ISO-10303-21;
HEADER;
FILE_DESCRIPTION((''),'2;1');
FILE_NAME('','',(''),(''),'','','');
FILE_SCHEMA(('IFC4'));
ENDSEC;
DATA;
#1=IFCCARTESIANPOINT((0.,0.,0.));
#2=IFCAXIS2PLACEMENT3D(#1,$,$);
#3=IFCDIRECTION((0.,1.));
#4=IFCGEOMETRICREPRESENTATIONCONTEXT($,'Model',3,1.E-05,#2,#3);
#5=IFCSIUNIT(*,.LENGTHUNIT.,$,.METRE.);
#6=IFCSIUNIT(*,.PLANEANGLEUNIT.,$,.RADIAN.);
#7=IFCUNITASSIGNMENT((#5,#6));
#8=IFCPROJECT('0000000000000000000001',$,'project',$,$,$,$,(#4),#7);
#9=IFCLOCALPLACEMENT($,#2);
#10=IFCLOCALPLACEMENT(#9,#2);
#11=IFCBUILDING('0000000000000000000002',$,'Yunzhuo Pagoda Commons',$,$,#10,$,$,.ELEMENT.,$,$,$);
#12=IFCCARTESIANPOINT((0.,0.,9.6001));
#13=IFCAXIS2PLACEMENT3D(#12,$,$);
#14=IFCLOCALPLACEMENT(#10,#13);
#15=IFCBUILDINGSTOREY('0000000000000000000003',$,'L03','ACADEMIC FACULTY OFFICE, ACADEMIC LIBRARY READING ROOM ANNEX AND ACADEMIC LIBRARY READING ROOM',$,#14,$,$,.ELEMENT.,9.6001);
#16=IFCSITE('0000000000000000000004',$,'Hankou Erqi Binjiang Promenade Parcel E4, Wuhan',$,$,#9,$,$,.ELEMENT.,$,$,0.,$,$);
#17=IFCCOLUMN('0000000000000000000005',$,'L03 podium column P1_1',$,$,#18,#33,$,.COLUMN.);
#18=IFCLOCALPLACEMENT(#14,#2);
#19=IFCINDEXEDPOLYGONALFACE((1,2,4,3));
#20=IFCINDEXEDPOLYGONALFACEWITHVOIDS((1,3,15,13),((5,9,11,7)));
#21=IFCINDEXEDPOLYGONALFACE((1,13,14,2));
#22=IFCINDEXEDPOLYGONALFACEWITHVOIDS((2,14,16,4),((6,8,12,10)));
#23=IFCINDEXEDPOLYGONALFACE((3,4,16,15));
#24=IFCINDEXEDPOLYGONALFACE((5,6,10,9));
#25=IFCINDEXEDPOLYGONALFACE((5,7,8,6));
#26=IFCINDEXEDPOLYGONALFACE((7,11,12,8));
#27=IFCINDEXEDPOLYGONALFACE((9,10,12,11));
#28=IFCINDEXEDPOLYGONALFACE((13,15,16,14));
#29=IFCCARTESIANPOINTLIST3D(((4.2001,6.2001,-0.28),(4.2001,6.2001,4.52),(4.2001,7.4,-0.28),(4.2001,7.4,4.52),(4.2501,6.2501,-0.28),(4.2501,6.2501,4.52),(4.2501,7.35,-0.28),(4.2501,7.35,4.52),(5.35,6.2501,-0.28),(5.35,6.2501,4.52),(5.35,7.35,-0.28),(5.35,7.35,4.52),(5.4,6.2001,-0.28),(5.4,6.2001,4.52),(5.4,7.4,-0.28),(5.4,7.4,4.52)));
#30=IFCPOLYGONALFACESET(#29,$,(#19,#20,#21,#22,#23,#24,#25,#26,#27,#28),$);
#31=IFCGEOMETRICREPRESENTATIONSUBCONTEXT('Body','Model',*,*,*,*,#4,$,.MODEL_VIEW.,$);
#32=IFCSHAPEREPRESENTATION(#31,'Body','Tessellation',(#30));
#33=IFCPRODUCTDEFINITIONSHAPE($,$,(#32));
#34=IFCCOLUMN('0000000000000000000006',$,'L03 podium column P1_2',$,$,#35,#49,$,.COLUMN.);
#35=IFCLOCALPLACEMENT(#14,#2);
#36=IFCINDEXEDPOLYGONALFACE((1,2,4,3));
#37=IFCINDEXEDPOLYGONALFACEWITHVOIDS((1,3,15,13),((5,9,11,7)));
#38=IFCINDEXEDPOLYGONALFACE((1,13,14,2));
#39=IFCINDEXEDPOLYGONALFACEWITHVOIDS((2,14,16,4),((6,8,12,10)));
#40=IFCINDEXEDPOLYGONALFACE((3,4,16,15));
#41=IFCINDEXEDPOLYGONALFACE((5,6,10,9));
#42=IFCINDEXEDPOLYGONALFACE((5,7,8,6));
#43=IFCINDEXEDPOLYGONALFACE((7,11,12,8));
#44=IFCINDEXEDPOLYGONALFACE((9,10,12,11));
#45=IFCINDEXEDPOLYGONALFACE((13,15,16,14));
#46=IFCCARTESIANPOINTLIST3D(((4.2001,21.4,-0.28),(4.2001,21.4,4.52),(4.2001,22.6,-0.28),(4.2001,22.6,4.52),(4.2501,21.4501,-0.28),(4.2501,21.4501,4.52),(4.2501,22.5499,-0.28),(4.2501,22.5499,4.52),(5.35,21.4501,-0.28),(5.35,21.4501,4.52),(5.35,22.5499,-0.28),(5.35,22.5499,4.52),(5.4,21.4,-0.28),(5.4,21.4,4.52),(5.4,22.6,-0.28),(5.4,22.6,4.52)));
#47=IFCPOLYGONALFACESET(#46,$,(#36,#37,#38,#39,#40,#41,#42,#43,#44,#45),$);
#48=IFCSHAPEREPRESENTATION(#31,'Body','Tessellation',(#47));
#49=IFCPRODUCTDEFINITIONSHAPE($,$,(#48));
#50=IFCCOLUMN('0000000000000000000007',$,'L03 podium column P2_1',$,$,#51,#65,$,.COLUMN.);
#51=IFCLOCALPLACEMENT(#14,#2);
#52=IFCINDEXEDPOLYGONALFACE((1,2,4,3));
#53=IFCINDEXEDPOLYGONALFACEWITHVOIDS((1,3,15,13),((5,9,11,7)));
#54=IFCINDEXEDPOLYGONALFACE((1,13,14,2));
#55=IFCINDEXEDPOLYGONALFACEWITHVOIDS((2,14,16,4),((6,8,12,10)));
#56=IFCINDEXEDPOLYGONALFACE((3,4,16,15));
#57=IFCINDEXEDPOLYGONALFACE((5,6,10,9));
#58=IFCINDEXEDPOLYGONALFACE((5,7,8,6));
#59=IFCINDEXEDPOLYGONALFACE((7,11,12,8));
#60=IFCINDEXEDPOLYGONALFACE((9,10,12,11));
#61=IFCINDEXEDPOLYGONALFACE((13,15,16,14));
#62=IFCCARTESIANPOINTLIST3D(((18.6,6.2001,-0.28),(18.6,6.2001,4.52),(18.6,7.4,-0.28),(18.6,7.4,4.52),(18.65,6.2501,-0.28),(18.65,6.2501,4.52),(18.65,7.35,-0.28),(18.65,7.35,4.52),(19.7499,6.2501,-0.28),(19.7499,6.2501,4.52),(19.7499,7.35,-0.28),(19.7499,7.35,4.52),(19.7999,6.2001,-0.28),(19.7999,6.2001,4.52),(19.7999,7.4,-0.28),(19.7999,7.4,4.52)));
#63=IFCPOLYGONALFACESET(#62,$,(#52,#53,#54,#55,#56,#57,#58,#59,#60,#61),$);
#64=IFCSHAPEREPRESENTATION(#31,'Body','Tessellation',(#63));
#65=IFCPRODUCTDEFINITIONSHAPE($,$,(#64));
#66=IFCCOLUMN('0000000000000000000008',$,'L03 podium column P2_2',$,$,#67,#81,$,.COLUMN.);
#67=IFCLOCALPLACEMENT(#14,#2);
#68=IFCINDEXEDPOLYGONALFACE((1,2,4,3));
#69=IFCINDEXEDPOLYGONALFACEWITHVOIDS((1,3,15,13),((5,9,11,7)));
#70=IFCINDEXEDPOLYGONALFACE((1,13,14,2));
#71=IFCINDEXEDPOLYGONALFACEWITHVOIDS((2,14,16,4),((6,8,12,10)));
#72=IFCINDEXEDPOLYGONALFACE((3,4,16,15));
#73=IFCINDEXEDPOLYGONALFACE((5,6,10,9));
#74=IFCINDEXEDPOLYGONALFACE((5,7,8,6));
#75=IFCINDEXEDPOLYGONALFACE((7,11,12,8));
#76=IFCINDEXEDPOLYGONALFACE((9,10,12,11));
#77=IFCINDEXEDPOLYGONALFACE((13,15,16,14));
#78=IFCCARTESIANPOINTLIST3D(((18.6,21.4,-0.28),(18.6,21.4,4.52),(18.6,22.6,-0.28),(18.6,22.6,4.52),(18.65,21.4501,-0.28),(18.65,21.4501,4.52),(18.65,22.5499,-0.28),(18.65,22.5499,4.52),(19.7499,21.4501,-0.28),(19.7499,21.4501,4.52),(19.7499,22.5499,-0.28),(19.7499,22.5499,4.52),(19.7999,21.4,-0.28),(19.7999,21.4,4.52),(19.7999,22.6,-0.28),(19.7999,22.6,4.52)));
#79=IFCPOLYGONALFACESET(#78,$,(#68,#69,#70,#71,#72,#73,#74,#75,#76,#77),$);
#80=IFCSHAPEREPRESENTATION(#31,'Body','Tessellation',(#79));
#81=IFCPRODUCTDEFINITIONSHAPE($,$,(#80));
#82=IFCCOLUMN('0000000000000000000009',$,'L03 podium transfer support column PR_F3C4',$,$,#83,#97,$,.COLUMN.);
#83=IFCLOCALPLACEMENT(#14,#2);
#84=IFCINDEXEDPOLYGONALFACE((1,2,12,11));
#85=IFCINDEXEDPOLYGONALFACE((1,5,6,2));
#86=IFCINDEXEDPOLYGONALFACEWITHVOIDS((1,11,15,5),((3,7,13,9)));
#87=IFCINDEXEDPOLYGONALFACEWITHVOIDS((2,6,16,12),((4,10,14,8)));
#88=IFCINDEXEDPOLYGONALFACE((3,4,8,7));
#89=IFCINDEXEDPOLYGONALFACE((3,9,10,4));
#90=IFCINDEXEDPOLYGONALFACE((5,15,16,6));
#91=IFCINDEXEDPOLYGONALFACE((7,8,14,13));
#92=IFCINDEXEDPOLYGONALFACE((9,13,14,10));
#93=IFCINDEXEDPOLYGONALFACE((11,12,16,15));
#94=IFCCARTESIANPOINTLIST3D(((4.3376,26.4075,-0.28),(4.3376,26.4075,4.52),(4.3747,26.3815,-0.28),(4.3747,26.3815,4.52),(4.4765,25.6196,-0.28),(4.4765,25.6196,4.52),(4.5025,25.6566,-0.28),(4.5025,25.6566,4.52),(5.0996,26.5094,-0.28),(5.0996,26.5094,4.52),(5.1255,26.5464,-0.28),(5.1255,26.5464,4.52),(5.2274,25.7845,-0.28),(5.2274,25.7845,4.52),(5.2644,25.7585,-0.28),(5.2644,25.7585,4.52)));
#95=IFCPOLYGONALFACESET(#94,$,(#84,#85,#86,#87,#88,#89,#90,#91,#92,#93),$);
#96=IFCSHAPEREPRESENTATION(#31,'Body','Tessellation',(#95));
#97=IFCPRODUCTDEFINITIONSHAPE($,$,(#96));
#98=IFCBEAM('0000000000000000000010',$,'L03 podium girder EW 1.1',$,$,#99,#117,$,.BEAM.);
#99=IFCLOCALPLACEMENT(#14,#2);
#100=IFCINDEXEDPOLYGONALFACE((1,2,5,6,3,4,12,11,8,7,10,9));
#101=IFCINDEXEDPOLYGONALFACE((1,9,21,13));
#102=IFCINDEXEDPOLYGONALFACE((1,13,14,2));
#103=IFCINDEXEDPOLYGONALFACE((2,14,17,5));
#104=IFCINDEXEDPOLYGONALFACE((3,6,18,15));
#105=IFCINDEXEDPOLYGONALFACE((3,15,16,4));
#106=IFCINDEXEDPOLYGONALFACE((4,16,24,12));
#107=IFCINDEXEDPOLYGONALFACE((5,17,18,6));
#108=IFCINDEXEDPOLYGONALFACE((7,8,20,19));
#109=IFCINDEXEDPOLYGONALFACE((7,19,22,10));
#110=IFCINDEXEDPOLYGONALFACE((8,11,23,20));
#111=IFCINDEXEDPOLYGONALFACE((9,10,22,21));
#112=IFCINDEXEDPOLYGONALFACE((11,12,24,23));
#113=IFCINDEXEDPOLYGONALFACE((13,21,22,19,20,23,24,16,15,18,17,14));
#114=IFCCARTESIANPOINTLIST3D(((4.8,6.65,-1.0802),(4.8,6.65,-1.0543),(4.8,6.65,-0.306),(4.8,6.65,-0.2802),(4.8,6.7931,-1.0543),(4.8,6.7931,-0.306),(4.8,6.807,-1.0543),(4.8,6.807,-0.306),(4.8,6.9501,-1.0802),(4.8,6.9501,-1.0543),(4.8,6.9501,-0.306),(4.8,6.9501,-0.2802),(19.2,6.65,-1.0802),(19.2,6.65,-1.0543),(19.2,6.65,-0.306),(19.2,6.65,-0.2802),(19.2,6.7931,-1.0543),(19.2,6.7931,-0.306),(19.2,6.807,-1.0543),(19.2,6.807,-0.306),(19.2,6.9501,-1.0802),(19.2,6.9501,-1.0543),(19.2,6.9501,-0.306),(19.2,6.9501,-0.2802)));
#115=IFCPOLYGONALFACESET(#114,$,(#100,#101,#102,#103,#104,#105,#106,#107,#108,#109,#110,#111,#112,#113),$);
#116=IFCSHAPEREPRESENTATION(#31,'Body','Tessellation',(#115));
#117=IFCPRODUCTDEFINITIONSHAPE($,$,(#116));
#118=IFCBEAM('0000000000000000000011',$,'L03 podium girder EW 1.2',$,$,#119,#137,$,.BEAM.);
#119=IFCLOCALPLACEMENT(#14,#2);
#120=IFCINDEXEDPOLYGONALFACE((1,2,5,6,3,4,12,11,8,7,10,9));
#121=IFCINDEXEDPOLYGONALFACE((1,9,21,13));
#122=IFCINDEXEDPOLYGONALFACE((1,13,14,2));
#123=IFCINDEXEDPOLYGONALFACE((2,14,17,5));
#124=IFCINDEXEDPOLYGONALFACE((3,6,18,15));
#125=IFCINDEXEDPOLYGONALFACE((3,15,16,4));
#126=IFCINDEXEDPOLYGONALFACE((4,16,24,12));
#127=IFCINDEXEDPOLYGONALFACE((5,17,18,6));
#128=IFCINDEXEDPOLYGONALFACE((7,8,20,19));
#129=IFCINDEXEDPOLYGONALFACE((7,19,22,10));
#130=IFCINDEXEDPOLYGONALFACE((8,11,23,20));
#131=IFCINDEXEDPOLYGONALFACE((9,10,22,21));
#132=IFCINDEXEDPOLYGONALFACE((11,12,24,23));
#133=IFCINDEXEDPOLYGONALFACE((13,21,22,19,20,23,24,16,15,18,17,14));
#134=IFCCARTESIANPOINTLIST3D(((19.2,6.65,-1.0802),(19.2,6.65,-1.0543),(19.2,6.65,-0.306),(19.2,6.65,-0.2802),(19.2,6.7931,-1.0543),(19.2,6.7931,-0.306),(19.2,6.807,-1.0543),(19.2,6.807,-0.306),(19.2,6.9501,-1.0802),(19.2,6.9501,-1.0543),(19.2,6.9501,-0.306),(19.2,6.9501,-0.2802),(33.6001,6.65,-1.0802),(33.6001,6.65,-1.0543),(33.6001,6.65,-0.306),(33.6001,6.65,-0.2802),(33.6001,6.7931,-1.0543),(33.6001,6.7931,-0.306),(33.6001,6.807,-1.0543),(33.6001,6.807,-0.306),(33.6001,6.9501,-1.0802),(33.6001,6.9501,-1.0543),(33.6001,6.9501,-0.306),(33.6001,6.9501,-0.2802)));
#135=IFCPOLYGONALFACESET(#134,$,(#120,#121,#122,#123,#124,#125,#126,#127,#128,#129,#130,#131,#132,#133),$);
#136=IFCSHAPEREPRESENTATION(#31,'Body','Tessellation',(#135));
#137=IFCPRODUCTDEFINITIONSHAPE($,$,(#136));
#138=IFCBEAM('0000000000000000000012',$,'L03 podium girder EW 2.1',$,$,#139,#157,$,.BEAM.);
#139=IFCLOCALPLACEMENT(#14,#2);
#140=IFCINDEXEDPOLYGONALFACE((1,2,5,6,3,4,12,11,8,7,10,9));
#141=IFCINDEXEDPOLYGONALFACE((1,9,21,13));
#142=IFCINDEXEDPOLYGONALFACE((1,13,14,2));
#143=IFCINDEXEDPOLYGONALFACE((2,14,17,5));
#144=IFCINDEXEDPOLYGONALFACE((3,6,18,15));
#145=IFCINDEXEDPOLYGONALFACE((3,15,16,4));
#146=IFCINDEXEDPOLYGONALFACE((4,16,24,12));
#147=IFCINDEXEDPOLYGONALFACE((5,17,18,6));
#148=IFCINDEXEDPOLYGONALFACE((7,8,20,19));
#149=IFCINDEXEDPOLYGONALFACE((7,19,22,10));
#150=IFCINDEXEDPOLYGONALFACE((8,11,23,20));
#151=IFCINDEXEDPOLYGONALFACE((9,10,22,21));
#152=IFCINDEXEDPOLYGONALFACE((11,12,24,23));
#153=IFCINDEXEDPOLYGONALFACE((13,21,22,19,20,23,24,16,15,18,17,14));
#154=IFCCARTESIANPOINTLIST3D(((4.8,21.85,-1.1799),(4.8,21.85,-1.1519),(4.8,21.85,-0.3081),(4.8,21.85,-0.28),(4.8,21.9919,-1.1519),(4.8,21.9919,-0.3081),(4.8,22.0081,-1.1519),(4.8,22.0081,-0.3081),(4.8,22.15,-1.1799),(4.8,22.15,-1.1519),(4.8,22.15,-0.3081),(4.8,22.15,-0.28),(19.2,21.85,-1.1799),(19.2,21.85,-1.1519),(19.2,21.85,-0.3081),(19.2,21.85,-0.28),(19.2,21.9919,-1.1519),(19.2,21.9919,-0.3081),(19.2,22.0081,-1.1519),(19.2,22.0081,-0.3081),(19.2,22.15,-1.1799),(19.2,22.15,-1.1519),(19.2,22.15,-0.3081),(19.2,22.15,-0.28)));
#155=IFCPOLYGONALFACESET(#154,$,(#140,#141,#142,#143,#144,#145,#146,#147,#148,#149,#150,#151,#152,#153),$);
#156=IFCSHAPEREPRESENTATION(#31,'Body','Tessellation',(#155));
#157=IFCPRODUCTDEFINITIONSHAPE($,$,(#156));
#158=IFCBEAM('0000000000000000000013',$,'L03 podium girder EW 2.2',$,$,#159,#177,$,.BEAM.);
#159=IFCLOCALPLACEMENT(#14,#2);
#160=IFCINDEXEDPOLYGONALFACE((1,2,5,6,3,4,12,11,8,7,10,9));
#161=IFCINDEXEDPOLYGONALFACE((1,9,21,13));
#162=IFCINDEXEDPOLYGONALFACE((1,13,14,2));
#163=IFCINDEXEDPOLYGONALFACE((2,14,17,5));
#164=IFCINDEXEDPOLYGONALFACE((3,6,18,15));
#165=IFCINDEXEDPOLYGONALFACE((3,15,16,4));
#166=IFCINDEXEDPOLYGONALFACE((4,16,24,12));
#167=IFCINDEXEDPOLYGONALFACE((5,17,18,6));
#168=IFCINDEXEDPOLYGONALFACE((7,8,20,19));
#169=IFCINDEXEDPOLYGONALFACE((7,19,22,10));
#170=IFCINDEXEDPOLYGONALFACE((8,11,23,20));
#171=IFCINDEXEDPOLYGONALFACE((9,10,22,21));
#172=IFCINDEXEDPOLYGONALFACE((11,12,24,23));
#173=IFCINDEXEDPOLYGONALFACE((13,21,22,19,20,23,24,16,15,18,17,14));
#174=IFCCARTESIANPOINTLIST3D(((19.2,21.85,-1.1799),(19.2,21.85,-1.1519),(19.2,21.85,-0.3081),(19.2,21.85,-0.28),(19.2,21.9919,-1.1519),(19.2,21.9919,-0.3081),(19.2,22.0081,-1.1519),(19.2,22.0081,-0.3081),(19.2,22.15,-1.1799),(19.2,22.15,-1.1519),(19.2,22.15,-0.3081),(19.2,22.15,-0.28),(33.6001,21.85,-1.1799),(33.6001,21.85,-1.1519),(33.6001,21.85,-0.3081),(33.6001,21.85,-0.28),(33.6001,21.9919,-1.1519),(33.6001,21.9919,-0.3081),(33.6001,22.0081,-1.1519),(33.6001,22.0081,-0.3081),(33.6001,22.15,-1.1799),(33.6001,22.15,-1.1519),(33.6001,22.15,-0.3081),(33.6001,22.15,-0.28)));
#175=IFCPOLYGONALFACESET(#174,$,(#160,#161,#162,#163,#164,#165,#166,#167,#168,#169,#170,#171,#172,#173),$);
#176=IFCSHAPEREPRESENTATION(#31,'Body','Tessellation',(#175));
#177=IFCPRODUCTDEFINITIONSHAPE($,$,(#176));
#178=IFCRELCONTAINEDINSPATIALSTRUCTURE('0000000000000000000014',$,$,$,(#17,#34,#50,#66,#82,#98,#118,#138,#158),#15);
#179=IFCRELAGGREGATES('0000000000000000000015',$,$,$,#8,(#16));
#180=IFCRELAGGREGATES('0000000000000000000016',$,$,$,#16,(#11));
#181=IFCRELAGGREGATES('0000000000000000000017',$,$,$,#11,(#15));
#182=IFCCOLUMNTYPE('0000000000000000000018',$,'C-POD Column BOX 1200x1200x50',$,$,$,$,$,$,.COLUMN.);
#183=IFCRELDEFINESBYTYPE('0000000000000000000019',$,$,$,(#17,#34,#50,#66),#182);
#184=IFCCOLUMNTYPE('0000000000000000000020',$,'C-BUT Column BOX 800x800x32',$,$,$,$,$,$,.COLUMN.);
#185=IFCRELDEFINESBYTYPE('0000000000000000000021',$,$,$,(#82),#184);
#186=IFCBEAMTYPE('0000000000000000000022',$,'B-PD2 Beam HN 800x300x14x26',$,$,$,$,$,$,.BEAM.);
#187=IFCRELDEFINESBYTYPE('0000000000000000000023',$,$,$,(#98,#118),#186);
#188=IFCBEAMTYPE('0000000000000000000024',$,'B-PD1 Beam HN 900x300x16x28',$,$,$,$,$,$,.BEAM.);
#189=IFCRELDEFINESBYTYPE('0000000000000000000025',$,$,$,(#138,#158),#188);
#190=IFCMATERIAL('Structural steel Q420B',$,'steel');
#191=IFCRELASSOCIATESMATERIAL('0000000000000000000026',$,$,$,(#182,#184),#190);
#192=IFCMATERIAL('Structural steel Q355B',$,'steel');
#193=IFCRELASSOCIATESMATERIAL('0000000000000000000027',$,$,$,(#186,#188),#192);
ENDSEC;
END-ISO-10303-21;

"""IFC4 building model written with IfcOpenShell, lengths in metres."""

from ifc_helpers import new_model, si_unit, direction, frame, origin, origin_2d, place, context, subcontext, project, spatial, hollow_rectangle, i_section, extrude, source, transform, mapped, material, material_profile, profile_set, type_object, element, save


model = new_model("IFC4")

# Units and contexts
model_context = context("Model", 3, precision=1e-05, world=origin(), true_north=direction((0.0, 1.0)))
body_context = subcontext(model_context, "Body", "Model", "MODEL_VIEW")
ifc_project = project(units=[si_unit("LENGTHUNIT", "METRE"), si_unit("PLANEANGLEUNIT", "RADIAN")], contexts=[model_context])

# Site, building, storey
site_placement = place(None, origin())
site = spatial("IfcSite", under=ifc_project, at=site_placement, Name="Hankou Erqi Binjiang Promenade Parcel E4, Wuhan", CompositionType="ELEMENT", RefElevation=0.0)
building_placement = place(site_placement, origin())
building = spatial("IfcBuilding", under=site, at=building_placement, Name="Yunzhuo Pagoda Commons", CompositionType="ELEMENT")
storey_placement = place(building_placement, frame((0.0, 0.0, 9.6001)))
storey = spatial("IfcBuildingStorey", under=building, at=storey_placement, Name="L03", Description="ACADEMIC FACULTY OFFICE, ACADEMIC LIBRARY READING ROOM ANNEX AND ACADEMIC LIBRARY READING ROOM", CompositionType="ELEMENT", Elevation=9.6001)

# Columns
ifc_material_1 = material(Name="Structural steel Q420B", Category="steel")
ifc_material_profile_1 = material_profile(ifc_material_1, hollow_rectangle(XDim=1.2, YDim=1.2, WallThickness=0.05, at=origin_2d()), Name="Structural steel Q420B")
ifc_profile_set_1 = profile_set([ifc_material_profile_1], Name="Structural steel Q420B")
column_type_1 = type_object("IfcColumnType", Name="C-POD Column BOX 1200x1200x50", PredefinedType="COLUMN", material=ifc_profile_set_1)
shared_shape_1 = source(origin(), body_context, "Body", "SweptSolid", [
    extrude(hollow_rectangle(XDim=1.2, YDim=1.2, WallThickness=0.05, at=origin_2d()), origin(), (0.0, 0.0, 1.0), 4.8),
])
for number, where, z_axis, x_axis, name in (
    (1, (4.8, 6.8, -0.28), (0.0, 0.0, 1.0), (1.0, 0.0, 0.0), "L03 podium column P1_1"),
    (2, (4.8, 22.0, -0.28), (0.0, 0.0, 1.0), (1.0, 0.0, 0.0), "L03 podium column P1_2"),
    (3, (19.2, 6.8, -0.28), (0.0, 0.0, 1.0), (1.0, 0.0, 0.0), "L03 podium column P2_1"),
    (4, (19.2, 22.0, -0.28), (0.0, 0.0, 1.0), (1.0, 0.0, 0.0), "L03 podium column P2_2"),
):
    element("IfcColumn", number, at=place(storey_placement, frame(where, z_axis=z_axis, x_axis=x_axis)), inside=storey, type_object=column_type_1, Name=name, PredefinedType="COLUMN", context=body_context, shape_type="MappedRepresentation", body=[
        mapped(shared_shape_1, transform((0.0, 0.0, 0.0), scale=1.0)),
    ])
ifc_material_profile_2 = material_profile(ifc_material_1, hollow_rectangle(XDim=0.8, YDim=0.8, WallThickness=0.032, at=origin_2d()), Name="Structural steel Q420B")
ifc_profile_set_2 = profile_set([ifc_material_profile_2], Name="Structural steel Q420B")
column_type_2 = type_object("IfcColumnType", Name="C-BUT Column BOX 800x800x32", PredefinedType="COLUMN", material=ifc_profile_set_2)
shared_shape_2 = source(origin(), body_context, "Body", "SweptSolid", [
    extrude(hollow_rectangle(XDim=0.8, YDim=0.8, WallThickness=0.032, at=origin_2d()), origin(), (0.0, 0.0, 1.0), 4.8),
])
column_placement = place(storey_placement, frame((4.801, 26.083, -0.28), z_axis=(0.0, 0.0, 1.0), x_axis=(0.173648, -0.984808, 0.0)))
element("IfcColumn", 5, at=column_placement, inside=storey, type_object=column_type_2, Name="L03 podium transfer support column PR_F3C4", PredefinedType="COLUMN", context=body_context, shape_type="MappedRepresentation", body=[
    mapped(shared_shape_2, transform((0.0, 0.0, 0.0), scale=1.0)),
])

# Beams
ifc_material_2 = material(Name="Structural steel Q355B", Category="steel")
ifc_material_profile_3 = material_profile(ifc_material_2, i_section(OverallWidth=0.3, OverallDepth=0.8, WebThickness=0.0139, FlangeThickness=0.0259, at=origin_2d()), Name="Structural steel Q355B")
ifc_profile_set_3 = profile_set([ifc_material_profile_3], Name="Structural steel Q355B")
beam_type_1 = type_object("IfcBeamType", Name="B-PD2 Beam HN 800x300x14x26", PredefinedType="BEAM", material=ifc_profile_set_3)
shared_shape_3 = source(origin(), body_context, "Body", "SweptSolid", [
    extrude(i_section(OverallWidth=0.3, OverallDepth=0.8, WebThickness=0.0139, FlangeThickness=0.0259, at=origin_2d()), origin(), (0.0, 0.0, 1.0), 14.3999),
])
beam_1_placement = place(storey_placement, frame((4.8, 6.8, -0.6802), z_axis=(1.0, 0.0, 0.0), x_axis=(0.0, 1.0, 0.0)))
element("IfcBeam", 6, at=beam_1_placement, inside=storey, type_object=beam_type_1, Name="L03 podium girder EW 1.1", PredefinedType="BEAM", context=body_context, shape_type="MappedRepresentation", body=[
    mapped(shared_shape_3, transform((0.0, 0.0, 0.0), scale=1.0)),
])
shared_shape_4 = source(origin(), body_context, "Body", "SweptSolid", [
    extrude(i_section(OverallWidth=0.3, OverallDepth=0.8, WebThickness=0.0139, FlangeThickness=0.0259, at=origin_2d()), origin(), (0.0, 0.0, 1.0), 14.4001),
])
beam_2_placement = place(storey_placement, frame((19.2, 6.8, -0.6802), z_axis=(1.0, 0.0, 0.0), x_axis=(0.0, 1.0, 0.0)))
element("IfcBeam", 7, at=beam_2_placement, inside=storey, type_object=beam_type_1, Name="L03 podium girder EW 1.2", PredefinedType="BEAM", context=body_context, shape_type="MappedRepresentation", body=[
    mapped(shared_shape_4, transform((0.0, 0.0, 0.0), scale=1.0)),
])
ifc_material_profile_4 = material_profile(ifc_material_2, i_section(OverallWidth=0.3, OverallDepth=0.8999, WebThickness=0.0161, FlangeThickness=0.0281, at=origin_2d()), Name="Structural steel Q355B")
ifc_profile_set_4 = profile_set([ifc_material_profile_4], Name="Structural steel Q355B")
beam_type_2 = type_object("IfcBeamType", Name="B-PD1 Beam HN 900x300x16x28", PredefinedType="BEAM", material=ifc_profile_set_4)
shared_shape_5 = source(origin(), body_context, "Body", "SweptSolid", [
    extrude(i_section(OverallWidth=0.3, OverallDepth=0.8999, WebThickness=0.0161, FlangeThickness=0.0281, at=origin_2d()), origin(), (0.0, 0.0, 1.0), 14.3999),
])
beam_3_placement = place(storey_placement, frame((4.8, 22.0, -0.73), z_axis=(1.0, 0.0, 0.0), x_axis=(0.0, 1.0, 0.0)))
element("IfcBeam", 8, at=beam_3_placement, inside=storey, type_object=beam_type_2, Name="L03 podium girder EW 2.1", PredefinedType="BEAM", context=body_context, shape_type="MappedRepresentation", body=[
    mapped(shared_shape_5, transform((0.0, 0.0, 0.0), scale=1.0)),
])
shared_shape_6 = source(origin(), body_context, "Body", "SweptSolid", [
    extrude(i_section(OverallWidth=0.3, OverallDepth=0.8999, WebThickness=0.0161, FlangeThickness=0.0281, at=origin_2d()), origin(), (0.0, 0.0, 1.0), 14.4001),
])
beam_4_placement = place(storey_placement, frame((19.2, 22.0, -0.73), z_axis=(1.0, 0.0, 0.0), x_axis=(0.0, 1.0, 0.0)))
element("IfcBeam", 9, at=beam_4_placement, inside=storey, type_object=beam_type_2, Name="L03 podium girder EW 2.2", PredefinedType="BEAM", context=body_context, shape_type="MappedRepresentation", body=[
    mapped(shared_shape_6, transform((0.0, 0.0, 0.0), scale=1.0)),
])

save(model, "model.ifc")
